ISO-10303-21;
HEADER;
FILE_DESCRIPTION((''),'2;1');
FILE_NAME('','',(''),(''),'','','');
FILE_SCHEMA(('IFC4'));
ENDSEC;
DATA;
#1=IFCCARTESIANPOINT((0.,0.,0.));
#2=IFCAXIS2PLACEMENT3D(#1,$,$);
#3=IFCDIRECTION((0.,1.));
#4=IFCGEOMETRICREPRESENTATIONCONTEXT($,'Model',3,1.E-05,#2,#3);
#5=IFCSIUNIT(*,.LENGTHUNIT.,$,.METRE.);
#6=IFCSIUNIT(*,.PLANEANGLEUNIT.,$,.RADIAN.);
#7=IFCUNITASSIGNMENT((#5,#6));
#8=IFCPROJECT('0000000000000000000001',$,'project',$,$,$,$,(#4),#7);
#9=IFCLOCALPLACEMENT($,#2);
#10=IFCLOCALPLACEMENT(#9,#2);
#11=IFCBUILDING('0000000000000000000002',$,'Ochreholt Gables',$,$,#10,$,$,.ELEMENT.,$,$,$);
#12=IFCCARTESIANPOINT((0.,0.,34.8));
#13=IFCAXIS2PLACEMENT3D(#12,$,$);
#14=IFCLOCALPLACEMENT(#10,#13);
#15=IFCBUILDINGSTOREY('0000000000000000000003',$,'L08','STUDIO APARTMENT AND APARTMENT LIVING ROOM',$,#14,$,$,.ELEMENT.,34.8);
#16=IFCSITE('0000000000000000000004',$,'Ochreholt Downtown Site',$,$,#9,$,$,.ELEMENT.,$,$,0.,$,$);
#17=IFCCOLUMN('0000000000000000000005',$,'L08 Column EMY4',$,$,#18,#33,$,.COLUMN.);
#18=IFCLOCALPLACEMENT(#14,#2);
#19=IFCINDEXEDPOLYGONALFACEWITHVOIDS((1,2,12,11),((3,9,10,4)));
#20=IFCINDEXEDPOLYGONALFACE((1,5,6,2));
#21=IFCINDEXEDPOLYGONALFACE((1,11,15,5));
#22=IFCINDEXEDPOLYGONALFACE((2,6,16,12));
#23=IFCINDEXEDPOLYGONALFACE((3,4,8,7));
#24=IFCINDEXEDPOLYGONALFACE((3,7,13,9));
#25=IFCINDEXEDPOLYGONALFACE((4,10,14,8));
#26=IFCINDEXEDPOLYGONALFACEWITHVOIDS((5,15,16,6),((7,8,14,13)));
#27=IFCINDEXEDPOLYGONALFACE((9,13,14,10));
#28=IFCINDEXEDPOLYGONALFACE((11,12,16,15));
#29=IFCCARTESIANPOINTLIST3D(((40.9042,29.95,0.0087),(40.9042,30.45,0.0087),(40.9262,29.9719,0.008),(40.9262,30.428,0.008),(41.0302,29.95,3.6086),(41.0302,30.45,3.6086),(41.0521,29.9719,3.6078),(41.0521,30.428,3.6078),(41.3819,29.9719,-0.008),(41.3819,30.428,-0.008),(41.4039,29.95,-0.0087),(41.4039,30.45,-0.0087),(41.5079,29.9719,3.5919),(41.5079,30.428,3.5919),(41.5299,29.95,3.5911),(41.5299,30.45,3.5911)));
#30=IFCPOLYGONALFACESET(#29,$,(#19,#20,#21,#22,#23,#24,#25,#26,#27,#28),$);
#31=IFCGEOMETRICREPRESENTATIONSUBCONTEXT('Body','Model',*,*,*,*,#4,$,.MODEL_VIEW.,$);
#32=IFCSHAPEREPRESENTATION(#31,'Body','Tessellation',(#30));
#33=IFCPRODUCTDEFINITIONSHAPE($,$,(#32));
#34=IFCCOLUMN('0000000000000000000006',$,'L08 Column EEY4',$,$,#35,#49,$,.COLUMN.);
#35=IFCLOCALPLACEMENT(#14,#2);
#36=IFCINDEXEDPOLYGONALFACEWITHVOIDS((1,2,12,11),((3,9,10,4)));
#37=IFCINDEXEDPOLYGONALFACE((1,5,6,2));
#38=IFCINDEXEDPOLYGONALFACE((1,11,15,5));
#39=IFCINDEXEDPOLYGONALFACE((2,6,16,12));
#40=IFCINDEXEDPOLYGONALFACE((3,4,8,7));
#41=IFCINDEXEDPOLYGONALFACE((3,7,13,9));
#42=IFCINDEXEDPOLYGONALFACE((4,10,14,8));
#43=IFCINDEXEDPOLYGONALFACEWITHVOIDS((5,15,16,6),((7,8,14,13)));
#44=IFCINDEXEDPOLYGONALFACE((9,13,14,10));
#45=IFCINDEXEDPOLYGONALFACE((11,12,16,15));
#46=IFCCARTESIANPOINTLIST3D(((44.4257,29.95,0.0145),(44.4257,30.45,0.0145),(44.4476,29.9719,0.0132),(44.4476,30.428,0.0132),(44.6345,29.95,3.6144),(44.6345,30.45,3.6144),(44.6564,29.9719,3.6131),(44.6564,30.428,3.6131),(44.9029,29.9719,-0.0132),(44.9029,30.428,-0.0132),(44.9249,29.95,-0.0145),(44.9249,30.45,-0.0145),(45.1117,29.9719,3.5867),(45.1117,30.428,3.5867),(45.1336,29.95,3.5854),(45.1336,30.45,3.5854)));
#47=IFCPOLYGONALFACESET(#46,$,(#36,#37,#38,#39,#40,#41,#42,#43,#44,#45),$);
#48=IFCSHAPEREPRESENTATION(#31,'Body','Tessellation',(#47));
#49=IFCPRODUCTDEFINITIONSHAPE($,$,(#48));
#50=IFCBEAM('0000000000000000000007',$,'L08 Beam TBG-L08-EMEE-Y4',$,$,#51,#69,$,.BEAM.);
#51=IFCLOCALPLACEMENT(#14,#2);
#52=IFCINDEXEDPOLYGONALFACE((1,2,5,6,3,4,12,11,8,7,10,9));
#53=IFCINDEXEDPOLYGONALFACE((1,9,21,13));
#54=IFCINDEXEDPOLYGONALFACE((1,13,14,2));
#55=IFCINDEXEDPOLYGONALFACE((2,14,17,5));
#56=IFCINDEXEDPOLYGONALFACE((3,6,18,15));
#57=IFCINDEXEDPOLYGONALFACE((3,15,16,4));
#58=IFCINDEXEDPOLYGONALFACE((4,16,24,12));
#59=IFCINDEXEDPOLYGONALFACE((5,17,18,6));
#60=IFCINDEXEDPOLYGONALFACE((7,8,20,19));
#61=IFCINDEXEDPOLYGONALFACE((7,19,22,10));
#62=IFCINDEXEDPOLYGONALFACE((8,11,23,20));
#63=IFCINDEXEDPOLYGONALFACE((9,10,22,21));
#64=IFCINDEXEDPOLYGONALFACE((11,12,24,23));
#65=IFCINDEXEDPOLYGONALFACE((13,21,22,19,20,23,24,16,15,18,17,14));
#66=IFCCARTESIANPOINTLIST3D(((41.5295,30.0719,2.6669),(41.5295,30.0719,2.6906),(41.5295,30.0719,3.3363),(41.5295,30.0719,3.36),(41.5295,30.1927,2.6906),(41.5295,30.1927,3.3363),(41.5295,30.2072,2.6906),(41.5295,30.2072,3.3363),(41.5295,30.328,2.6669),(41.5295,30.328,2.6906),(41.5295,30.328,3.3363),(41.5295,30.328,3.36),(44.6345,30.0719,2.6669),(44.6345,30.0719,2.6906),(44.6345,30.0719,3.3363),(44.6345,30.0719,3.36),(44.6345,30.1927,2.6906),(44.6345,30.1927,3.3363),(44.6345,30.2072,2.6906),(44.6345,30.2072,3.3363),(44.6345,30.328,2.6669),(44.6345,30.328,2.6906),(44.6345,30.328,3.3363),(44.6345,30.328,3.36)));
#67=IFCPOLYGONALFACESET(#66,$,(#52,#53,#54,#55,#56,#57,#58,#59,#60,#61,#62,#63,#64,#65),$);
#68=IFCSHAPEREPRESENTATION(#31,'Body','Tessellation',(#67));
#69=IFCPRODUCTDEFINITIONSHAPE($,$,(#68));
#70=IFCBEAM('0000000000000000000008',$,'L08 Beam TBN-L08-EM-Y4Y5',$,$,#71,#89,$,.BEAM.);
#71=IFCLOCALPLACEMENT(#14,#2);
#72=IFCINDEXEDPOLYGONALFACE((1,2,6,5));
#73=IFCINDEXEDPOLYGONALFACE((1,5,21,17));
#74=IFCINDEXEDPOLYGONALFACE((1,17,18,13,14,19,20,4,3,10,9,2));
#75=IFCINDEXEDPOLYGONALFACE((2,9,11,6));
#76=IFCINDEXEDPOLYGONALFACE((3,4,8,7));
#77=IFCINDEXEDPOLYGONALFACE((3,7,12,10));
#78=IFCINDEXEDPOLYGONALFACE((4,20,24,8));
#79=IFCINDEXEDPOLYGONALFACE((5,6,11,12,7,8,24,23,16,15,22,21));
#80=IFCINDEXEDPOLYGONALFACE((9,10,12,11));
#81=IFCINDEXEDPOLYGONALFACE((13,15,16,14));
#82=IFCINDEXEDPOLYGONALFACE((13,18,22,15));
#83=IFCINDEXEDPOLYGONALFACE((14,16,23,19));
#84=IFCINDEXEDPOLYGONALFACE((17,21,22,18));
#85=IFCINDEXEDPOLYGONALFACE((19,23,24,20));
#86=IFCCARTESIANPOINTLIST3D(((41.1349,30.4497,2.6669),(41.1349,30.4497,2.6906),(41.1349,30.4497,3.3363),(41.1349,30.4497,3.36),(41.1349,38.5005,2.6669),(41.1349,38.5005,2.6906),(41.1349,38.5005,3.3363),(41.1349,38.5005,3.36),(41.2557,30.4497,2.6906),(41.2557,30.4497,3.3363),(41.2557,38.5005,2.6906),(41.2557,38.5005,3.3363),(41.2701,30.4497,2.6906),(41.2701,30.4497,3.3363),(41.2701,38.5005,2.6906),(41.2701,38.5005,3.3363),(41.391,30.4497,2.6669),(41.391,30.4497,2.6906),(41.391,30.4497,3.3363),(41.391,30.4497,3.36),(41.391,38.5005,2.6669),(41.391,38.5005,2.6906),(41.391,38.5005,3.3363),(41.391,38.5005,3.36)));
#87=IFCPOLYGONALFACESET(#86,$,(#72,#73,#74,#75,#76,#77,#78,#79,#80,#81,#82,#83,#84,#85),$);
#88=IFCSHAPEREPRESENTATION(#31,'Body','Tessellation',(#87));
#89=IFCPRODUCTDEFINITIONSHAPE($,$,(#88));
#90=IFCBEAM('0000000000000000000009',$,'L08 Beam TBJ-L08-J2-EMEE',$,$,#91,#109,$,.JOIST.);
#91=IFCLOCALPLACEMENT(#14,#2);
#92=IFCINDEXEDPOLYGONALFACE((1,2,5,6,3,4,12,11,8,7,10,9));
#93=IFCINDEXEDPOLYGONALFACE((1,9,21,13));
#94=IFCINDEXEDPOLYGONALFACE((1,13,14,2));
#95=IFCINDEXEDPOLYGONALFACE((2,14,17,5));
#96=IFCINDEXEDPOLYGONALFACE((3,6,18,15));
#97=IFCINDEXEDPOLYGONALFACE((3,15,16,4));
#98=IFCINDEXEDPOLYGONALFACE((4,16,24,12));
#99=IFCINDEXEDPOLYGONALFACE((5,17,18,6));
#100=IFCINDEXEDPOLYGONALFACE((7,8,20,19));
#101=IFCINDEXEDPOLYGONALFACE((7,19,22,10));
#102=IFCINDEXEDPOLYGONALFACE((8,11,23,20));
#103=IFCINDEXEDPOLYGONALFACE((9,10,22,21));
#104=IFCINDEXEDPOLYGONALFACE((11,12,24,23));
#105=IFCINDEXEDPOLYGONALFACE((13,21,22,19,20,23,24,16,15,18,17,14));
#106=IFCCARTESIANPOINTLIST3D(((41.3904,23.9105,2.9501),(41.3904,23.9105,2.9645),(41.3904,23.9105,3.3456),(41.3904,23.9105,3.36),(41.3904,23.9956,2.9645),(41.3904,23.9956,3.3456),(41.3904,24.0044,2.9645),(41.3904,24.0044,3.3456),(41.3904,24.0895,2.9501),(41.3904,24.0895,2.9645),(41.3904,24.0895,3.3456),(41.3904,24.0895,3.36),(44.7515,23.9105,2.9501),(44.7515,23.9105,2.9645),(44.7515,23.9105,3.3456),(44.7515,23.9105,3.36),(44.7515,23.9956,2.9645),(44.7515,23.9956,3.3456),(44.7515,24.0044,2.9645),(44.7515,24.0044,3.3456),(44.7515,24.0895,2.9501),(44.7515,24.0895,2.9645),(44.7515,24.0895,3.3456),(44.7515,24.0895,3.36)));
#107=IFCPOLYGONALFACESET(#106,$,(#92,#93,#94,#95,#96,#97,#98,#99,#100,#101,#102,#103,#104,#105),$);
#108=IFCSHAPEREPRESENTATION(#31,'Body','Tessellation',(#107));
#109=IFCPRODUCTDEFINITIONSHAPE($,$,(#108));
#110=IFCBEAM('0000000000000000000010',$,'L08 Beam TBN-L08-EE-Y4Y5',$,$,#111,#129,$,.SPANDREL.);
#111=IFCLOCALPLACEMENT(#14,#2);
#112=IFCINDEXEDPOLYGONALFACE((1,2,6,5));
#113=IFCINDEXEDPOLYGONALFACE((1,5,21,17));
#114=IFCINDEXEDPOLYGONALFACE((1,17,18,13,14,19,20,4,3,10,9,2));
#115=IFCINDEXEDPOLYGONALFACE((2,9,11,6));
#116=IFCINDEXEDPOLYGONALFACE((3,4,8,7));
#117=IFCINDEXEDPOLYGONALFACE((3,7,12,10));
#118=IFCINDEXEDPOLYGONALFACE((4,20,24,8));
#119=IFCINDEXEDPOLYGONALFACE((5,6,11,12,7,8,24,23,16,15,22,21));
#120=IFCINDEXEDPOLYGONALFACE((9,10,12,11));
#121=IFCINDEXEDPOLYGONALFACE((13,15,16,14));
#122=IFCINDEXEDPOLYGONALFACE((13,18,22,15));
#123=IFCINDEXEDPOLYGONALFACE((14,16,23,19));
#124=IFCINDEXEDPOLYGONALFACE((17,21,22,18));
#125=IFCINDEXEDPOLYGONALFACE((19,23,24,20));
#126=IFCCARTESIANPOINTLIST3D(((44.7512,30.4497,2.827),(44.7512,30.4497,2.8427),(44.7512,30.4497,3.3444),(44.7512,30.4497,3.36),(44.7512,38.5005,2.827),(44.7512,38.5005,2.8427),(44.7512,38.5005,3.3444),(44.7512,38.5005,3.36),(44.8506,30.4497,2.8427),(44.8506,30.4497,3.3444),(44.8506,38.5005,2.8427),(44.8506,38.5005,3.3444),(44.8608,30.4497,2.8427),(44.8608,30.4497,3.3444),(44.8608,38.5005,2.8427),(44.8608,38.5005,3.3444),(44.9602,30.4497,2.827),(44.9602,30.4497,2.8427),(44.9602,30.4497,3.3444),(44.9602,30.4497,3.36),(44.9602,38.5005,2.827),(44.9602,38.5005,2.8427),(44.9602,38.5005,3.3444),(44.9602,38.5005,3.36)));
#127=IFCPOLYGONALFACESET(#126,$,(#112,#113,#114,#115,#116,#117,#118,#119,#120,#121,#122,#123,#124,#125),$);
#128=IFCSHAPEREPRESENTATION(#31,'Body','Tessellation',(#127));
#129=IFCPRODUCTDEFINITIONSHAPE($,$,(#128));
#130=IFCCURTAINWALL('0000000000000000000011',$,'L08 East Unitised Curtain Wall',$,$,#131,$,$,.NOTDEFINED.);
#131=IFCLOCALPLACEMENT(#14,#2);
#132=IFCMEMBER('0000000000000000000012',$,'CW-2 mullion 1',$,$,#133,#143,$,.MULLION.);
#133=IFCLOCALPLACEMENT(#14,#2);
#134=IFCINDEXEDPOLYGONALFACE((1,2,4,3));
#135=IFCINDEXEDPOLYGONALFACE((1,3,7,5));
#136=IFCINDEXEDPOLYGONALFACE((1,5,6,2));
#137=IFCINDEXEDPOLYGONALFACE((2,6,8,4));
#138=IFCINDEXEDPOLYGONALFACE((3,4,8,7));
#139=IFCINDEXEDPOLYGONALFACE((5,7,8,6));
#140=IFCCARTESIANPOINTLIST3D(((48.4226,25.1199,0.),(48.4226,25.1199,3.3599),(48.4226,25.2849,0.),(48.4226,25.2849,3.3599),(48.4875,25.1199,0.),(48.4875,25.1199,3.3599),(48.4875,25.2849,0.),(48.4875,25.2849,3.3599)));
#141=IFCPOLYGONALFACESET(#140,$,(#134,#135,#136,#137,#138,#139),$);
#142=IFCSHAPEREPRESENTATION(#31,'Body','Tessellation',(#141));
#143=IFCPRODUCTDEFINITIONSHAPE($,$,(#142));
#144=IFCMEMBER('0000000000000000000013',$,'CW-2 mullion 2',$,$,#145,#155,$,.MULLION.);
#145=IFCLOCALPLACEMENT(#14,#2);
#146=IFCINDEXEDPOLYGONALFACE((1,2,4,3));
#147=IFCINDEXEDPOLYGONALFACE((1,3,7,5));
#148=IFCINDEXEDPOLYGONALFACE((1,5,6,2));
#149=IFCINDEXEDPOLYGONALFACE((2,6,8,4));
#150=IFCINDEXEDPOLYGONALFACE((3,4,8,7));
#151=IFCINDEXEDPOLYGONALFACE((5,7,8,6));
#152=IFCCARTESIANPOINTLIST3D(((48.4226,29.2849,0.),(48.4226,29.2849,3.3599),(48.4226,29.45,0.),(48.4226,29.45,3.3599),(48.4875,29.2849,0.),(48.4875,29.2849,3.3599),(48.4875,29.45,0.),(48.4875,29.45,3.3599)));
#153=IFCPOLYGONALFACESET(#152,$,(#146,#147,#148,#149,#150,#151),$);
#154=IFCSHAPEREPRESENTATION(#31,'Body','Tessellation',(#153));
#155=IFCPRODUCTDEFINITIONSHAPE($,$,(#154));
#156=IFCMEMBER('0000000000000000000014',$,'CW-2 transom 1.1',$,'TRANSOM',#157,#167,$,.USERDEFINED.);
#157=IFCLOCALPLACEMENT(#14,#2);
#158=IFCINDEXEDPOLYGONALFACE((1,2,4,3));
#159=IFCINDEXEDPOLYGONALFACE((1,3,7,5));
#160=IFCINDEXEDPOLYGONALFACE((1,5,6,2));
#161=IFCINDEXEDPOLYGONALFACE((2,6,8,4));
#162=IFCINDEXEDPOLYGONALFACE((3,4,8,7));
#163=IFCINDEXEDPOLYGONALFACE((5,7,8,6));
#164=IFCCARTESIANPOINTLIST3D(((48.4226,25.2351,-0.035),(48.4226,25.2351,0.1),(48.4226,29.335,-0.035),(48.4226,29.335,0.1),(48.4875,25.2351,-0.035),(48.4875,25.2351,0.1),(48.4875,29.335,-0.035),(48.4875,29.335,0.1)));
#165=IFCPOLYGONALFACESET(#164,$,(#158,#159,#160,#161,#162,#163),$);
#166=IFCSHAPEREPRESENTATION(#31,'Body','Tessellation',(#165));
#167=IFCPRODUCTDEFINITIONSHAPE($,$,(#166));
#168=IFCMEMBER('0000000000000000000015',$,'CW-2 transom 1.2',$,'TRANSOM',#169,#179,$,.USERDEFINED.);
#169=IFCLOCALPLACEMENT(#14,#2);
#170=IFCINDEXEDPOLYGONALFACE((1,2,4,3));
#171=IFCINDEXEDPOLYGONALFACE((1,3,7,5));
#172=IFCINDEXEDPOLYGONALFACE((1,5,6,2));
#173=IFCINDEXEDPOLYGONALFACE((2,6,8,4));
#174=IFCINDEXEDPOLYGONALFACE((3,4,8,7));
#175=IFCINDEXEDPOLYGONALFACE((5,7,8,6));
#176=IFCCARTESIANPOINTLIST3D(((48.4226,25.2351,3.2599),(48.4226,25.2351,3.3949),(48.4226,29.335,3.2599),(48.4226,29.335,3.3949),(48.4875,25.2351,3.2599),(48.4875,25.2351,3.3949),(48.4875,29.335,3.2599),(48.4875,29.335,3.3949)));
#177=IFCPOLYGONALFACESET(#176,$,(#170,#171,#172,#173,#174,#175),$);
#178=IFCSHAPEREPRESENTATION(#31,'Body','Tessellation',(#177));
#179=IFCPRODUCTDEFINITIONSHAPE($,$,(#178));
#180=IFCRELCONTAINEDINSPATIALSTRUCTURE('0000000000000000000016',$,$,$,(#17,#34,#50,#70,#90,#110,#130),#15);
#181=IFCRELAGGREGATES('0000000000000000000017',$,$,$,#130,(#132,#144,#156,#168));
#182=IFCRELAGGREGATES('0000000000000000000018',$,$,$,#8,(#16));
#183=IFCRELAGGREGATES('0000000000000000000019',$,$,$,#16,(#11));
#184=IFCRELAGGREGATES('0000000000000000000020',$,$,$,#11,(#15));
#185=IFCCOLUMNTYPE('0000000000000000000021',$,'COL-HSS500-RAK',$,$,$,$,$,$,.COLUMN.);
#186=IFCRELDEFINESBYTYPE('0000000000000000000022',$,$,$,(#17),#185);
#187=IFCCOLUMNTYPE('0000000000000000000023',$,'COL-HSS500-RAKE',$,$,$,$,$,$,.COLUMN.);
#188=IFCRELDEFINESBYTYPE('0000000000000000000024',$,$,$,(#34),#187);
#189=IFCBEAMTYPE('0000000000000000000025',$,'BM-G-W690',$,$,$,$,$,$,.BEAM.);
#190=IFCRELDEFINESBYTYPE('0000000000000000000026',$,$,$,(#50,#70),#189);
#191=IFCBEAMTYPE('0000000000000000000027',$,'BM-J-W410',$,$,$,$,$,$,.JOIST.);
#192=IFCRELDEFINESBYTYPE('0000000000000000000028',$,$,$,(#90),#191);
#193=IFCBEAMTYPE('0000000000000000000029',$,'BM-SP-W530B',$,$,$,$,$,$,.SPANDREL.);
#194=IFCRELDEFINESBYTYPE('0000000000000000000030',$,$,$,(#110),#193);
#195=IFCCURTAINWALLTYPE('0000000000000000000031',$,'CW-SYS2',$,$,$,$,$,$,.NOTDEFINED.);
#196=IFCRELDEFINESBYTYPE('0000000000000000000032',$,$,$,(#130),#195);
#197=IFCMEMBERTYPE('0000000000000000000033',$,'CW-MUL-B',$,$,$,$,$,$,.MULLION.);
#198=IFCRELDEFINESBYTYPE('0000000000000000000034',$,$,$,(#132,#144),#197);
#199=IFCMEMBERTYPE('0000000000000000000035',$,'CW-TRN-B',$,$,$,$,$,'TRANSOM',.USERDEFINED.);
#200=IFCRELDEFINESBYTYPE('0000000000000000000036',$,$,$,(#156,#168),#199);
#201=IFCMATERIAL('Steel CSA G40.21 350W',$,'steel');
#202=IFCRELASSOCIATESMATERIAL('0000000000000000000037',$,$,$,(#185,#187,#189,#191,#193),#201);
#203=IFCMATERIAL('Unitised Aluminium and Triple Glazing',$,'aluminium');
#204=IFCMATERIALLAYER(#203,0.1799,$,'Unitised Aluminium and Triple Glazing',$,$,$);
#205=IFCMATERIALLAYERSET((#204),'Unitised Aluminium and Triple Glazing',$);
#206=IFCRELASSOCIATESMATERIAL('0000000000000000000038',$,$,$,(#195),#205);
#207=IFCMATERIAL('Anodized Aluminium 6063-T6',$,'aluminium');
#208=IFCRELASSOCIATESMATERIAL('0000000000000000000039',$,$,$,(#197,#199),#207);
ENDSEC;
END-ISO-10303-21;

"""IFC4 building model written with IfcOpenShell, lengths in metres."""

from ifc_helpers import new_model, si_unit, direction, frame, origin, origin_2d, place, context, subcontext, project, spatial, rectangle, hollow_rectangle, i_section, extrude, material, layer, layer_set, material_profile, profile_set, type_object, element, aggregate, save


model = new_model("IFC4")

# Units and contexts
model_context = context("Model", 3, precision=1e-05, world=origin(), true_north=direction((0.0, 1.0)))
body_context = subcontext(model_context, "Body", "Model", "MODEL_VIEW")
ifc_project = project(units=[si_unit("LENGTHUNIT", "METRE"), si_unit("PLANEANGLEUNIT", "RADIAN")], contexts=[model_context])

# Site, building, storey
site_placement = place(None, origin())
site = spatial("IfcSite", under=ifc_project, at=site_placement, Name="Ochreholt Downtown Site", CompositionType="ELEMENT", RefElevation=0.0)
building_placement = place(site_placement, origin())
building = spatial("IfcBuilding", under=site, at=building_placement, Name="Ochreholt Gables", CompositionType="ELEMENT")
storey_placement = place(building_placement, frame((0.0, 0.0, 34.8)))
storey = spatial("IfcBuildingStorey", under=building, at=storey_placement, Name="L08", Description="STUDIO APARTMENT AND APARTMENT LIVING ROOM", CompositionType="ELEMENT", Elevation=34.8)

# Columns
ifc_material_1 = material(Name="Steel CSA G40.21 350W", Category="steel")
ifc_material_profile_1 = material_profile(ifc_material_1, hollow_rectangle(XDim=0.5, YDim=0.5, WallThickness=0.022, at=origin_2d()), Name="HSS500X500X22")
ifc_profile_set_1 = profile_set([ifc_material_profile_1], Name="Steel CSA G40.21 350W")
column_type_1 = type_object("IfcColumnType", Name="COL-HSS500-RAK", PredefinedType="COLUMN", material=ifc_profile_set_1)
column_1_placement = place(storey_placement, frame((41.1541, 30.2, 0.0), z_axis=(0.034974, 0.0, 0.999388), x_axis=(0.0, 1.0, 0.0)))
element("IfcColumn", 1, at=column_1_placement, inside=storey, type_object=column_type_1, Name="L08 Column EMY4", PredefinedType="COLUMN", context=body_context, shape_type="SweptSolid", body=[
    extrude(hollow_rectangle(XDim=0.5, YDim=0.5, WallThickness=0.022, at=origin_2d()), origin(), (0.0, 0.0, 1.0), 3.6021),
])
ifc_material_profile_2 = material_profile(ifc_material_1, hollow_rectangle(XDim=0.5, YDim=0.5, WallThickness=0.022, at=origin_2d()), Name="HSS500X500X22")
ifc_profile_set_2 = profile_set([ifc_material_profile_2], Name="Steel CSA G40.21 350W")
column_type_2 = type_object("IfcColumnType", Name="COL-HSS500-RAKE", PredefinedType="COLUMN", material=ifc_profile_set_2)
column_2_placement = place(storey_placement, frame((44.6753, 30.2, 0.0), z_axis=(0.057889, 0.0, 0.998323), x_axis=(0.0, 1.0, 0.0)))
element("IfcColumn", 2, at=column_2_placement, inside=storey, type_object=column_type_2, Name="L08 Column EEY4", PredefinedType="COLUMN", context=body_context, shape_type="SweptSolid", body=[
    extrude(hollow_rectangle(XDim=0.5, YDim=0.5, WallThickness=0.022, at=origin_2d()), origin(), (0.0, 0.0, 1.0), 3.606),
])

# Beams
ifc_material_profile_3 = material_profile(ifc_material_1, i_section(OverallWidth=0.2561, OverallDepth=0.6931, WebThickness=0.0144, FlangeThickness=0.0237, at=origin_2d()), Name="W690X170")
ifc_profile_set_3 = profile_set([ifc_material_profile_3], Name="Steel CSA G40.21 350W")
beam_type_1 = type_object("IfcBeamType", Name="BM-G-W690", PredefinedType="BEAM", material=ifc_profile_set_3)
beam_1_placement = place(storey_placement, frame((41.5295, 30.2, 3.0134), z_axis=(1.0, 0.0, 0.0), x_axis=(0.0, 1.0, 0.0)))
element("IfcBeam", 3, at=beam_1_placement, inside=storey, type_object=beam_type_1, Name="L08 Beam TBG-L08-EMEE-Y4", PredefinedType="BEAM", context=body_context, shape_type="SweptSolid", body=[
    extrude(i_section(OverallWidth=0.2561, OverallDepth=0.6931, WebThickness=0.0144, FlangeThickness=0.0237, at=origin_2d()), origin(), (0.0, 0.0, 1.0), 3.105),
])
beam_2_placement = place(storey_placement, frame((41.2629, 30.4497, 3.0134), z_axis=(0.0, 1.0, 0.0), x_axis=(-1.0, 0.0, 0.0)))
element("IfcBeam", 4, at=beam_2_placement, inside=storey, type_object=beam_type_1, Name="L08 Beam TBN-L08-EM-Y4Y5", PredefinedType="BEAM", context=body_context, shape_type="SweptSolid", body=[
    extrude(i_section(OverallWidth=0.2561, OverallDepth=0.6931, WebThickness=0.0144, FlangeThickness=0.0237, at=origin_2d()), origin(), (0.0, 0.0, 1.0), 8.0508),
])
ifc_material_profile_4 = material_profile(ifc_material_1, i_section(OverallWidth=0.179, OverallDepth=0.4099, WebThickness=0.0088, FlangeThickness=0.0144, at=origin_2d()), Name="W410X67")
ifc_profile_set_4 = profile_set([ifc_material_profile_4], Name="Steel CSA G40.21 350W")
beam_type_2 = type_object("IfcBeamType", Name="BM-J-W410", PredefinedType="JOIST", material=ifc_profile_set_4)
beam_3_placement = place(storey_placement, frame((41.3904, 24.0, 3.155), z_axis=(1.0, 0.0, 0.0), x_axis=(0.0, 1.0, 0.0)))
element("IfcBeam", 5, at=beam_3_placement, inside=storey, type_object=beam_type_2, Name="L08 Beam TBJ-L08-J2-EMEE", PredefinedType="JOIST", context=body_context, shape_type="SweptSolid", body=[
    extrude(i_section(OverallWidth=0.179, OverallDepth=0.4099, WebThickness=0.0088, FlangeThickness=0.0144, at=origin_2d()), origin(), (0.0, 0.0, 1.0), 3.3611),
])
ifc_material_profile_5 = material_profile(ifc_material_1, i_section(OverallWidth=0.209, OverallDepth=0.533, WebThickness=0.0103, FlangeThickness=0.0156, at=origin_2d()), Name="W530X92")
ifc_profile_set_5 = profile_set([ifc_material_profile_5], Name="Steel CSA G40.21 350W")
beam_type_3 = type_object("IfcBeamType", Name="BM-SP-W530B", PredefinedType="SPANDREL", material=ifc_profile_set_5)
beam_4_placement = place(storey_placement, frame((44.8557, 30.4497, 3.0935), z_axis=(0.0, 1.0, 0.0), x_axis=(-1.0, 0.0, 0.0)))
element("IfcBeam", 6, at=beam_4_placement, inside=storey, type_object=beam_type_3, Name="L08 Beam TBN-L08-EE-Y4Y5", PredefinedType="SPANDREL", context=body_context, shape_type="SweptSolid", body=[
    extrude(i_section(OverallWidth=0.209, OverallDepth=0.533, WebThickness=0.0103, FlangeThickness=0.0156, at=origin_2d()), origin(), (0.0, 0.0, 1.0), 8.0508),
])

# Curtain wall, members
ifc_material_2 = material(Name="Unitised Aluminium and Triple Glazing", Category="aluminium")
ifc_layer_1 = layer(ifc_material_2, 0.1799, Name="Unitised Aluminium and Triple Glazing")
ifc_layer_set_1 = layer_set([ifc_layer_1], Name="Unitised Aluminium and Triple Glazing")
curtain_wall_type = type_object("IfcCurtainWallType", Name="CW-SYS2", PredefinedType="NOTDEFINED", material=ifc_layer_set_1)
curtain_wall_placement = place(storey_placement, origin())
curtain_wall = element("IfcCurtainWall", 7, at=curtain_wall_placement, inside=storey, type_object=curtain_wall_type, Name="L08 East Unitised Curtain Wall", PredefinedType="NOTDEFINED")
ifc_material_3 = material(Name="Anodized Aluminium 6063-T6", Category="aluminium")
ifc_material_profile_6 = material_profile(ifc_material_3, rectangle(XDim=0.0649, YDim=0.165, at=origin_2d()), Name="CWM65X165")
ifc_profile_set_6 = profile_set([ifc_material_profile_6], Name="Anodized Aluminium 6063-T6")
member_type_1 = type_object("IfcMemberType", Name="CW-MUL-B", PredefinedType="MULLION", material=ifc_profile_set_6)
member_1_placement = place(storey_placement, frame((48.4551, 25.2024, 0.0), z_axis=(0.0, 0.0, 1.0), x_axis=(-1.0, 0.0, 0.0)))
member_1 = element("IfcMember", 8, at=member_1_placement, type_object=member_type_1, Name="CW-2 mullion 1", PredefinedType="MULLION", context=body_context, shape_type="SweptSolid", body=[
    extrude(rectangle(XDim=0.0649, YDim=0.165, at=origin_2d()), origin(), (0.0, 0.0, 1.0), 3.3599),
])
member_2_placement = place(storey_placement, frame((48.4551, 29.3674, 0.0), z_axis=(0.0, 0.0, 1.0), x_axis=(-1.0, 0.0, 0.0)))
member_2 = element("IfcMember", 9, at=member_2_placement, type_object=member_type_1, Name="CW-2 mullion 2", PredefinedType="MULLION", context=body_context, shape_type="SweptSolid", body=[
    extrude(rectangle(XDim=0.0649, YDim=0.165, at=origin_2d()), origin(), (0.0, 0.0, 1.0), 3.3599),
])
ifc_material_profile_7 = material_profile(ifc_material_3, rectangle(XDim=0.0649, YDim=0.135, at=origin_2d()), Name="CWT65X135")
ifc_profile_set_7 = profile_set([ifc_material_profile_7], Name="Anodized Aluminium 6063-T6")
member_type_2 = type_object("IfcMemberType", Name="CW-TRN-B", ElementType="TRANSOM", PredefinedType="USERDEFINED", material=ifc_profile_set_7)
member_3_placement = place(storey_placement, frame((48.4551, 25.2351, 0.0325), z_axis=(0.0, 1.0, 0.0), x_axis=(-1.0, 0.0, 0.0)))
member_3 = element("IfcMember", 10, at=member_3_placement, type_object=member_type_2, Name="CW-2 transom 1.1", ObjectType="TRANSOM", PredefinedType="USERDEFINED", context=body_context, shape_type="SweptSolid", body=[
    extrude(rectangle(XDim=0.0649, YDim=0.135, at=origin_2d()), origin(), (0.0, 0.0, 1.0), 4.0999),
])
member_4_placement = place(storey_placement, frame((48.4551, 25.2351, 3.3274), z_axis=(0.0, 1.0, 0.0), x_axis=(-1.0, 0.0, 0.0)))
member_4 = element("IfcMember", 11, at=member_4_placement, type_object=member_type_2, Name="CW-2 transom 1.2", ObjectType="TRANSOM", PredefinedType="USERDEFINED", context=body_context, shape_type="SweptSolid", body=[
    extrude(rectangle(XDim=0.0649, YDim=0.135, at=origin_2d()), origin(), (0.0, 0.0, 1.0), 4.0999),
])
aggregate(curtain_wall, [member_1, member_2, member_3, member_4])

save(model, "model.ifc")
